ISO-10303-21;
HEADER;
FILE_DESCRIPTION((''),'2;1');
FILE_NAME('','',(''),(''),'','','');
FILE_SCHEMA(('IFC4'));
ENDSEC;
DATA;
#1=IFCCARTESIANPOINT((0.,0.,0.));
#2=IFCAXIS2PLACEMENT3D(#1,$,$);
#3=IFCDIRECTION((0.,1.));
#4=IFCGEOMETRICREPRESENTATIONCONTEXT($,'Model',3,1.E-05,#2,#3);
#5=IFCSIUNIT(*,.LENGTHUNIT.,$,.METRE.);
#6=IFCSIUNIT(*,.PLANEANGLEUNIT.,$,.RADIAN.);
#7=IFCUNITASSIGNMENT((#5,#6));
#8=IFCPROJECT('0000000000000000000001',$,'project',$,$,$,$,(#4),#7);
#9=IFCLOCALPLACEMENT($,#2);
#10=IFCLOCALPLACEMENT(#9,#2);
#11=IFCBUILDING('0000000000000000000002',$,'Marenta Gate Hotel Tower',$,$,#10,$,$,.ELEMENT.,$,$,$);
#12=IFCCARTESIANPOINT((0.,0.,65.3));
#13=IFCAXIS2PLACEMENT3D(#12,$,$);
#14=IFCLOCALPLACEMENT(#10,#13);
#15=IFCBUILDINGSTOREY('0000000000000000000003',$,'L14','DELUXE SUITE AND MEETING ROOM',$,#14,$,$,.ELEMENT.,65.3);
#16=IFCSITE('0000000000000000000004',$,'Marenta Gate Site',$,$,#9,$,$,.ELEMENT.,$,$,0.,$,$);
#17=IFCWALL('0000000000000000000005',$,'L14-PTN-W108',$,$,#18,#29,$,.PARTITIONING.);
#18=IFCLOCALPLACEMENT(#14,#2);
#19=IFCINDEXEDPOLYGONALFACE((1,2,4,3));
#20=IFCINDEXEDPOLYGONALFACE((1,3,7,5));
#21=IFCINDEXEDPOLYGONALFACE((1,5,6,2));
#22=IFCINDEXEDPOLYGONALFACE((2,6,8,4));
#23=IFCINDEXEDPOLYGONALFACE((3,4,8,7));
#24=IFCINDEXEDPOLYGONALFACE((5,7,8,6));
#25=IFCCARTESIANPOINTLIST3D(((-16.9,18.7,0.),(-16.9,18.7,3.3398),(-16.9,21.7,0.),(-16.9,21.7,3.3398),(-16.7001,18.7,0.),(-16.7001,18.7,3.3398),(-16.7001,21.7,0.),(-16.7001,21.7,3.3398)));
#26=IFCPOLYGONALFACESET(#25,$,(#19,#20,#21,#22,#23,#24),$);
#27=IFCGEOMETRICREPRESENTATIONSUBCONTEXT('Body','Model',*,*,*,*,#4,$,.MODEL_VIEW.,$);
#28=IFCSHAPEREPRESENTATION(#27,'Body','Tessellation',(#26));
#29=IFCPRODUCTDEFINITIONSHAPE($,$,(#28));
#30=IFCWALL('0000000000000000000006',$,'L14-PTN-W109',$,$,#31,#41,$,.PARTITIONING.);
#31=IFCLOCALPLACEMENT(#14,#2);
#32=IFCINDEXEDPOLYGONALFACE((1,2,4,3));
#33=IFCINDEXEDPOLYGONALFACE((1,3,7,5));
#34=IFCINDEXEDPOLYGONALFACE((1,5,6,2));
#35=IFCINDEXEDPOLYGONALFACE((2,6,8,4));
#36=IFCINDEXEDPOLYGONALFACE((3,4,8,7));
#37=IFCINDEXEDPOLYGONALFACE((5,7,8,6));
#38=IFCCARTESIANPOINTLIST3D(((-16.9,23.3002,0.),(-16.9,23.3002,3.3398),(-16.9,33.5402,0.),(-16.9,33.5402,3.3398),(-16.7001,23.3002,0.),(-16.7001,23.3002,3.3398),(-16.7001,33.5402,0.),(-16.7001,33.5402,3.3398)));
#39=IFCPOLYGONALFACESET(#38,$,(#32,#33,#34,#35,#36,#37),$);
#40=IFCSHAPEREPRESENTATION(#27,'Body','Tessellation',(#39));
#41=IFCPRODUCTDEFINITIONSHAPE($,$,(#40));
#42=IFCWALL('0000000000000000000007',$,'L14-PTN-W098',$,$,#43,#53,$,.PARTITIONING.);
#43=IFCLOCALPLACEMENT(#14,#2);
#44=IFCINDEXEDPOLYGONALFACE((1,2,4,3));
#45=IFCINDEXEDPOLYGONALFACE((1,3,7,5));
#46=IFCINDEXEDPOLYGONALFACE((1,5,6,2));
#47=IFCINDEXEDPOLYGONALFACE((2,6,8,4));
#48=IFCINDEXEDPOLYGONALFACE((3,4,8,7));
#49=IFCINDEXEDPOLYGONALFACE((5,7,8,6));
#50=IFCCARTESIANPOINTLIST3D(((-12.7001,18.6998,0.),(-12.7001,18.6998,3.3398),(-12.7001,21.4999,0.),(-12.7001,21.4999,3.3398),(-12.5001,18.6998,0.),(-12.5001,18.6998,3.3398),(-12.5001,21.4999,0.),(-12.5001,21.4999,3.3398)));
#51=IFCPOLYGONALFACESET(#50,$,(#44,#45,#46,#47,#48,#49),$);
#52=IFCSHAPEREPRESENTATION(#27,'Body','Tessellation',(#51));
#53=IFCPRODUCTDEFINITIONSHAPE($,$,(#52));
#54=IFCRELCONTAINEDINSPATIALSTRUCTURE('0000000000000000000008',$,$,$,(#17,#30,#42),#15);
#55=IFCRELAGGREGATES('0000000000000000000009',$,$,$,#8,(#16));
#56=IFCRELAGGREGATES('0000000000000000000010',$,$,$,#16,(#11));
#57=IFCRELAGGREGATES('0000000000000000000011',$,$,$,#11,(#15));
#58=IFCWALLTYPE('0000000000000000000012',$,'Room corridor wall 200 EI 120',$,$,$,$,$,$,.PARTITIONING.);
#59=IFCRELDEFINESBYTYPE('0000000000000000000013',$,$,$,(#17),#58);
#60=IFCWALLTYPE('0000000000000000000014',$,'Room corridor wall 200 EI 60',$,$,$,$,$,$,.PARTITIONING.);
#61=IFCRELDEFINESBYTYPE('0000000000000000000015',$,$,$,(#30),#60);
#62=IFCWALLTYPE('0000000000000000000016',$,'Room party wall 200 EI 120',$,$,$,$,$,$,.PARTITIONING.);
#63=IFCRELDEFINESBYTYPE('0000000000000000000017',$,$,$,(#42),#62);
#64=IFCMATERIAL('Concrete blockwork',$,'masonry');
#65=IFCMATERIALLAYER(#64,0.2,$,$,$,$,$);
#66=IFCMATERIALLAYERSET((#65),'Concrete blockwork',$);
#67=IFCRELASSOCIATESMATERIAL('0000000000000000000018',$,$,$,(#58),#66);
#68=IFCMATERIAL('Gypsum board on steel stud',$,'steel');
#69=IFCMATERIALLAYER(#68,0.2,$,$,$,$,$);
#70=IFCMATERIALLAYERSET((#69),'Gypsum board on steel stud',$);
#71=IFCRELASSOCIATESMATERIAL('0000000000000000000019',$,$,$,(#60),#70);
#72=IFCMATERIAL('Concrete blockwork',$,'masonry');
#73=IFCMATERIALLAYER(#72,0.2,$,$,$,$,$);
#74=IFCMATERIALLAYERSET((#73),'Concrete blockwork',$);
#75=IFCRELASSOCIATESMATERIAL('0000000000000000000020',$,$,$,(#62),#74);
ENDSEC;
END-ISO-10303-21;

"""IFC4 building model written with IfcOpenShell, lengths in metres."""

from ifc_helpers import new_model, si_unit, direction, frame, frame_2d, origin, place, context, subcontext, project, spatial, rectangle, extrude, material, layer, layer_set, type_object, element, save


model = new_model("IFC4")

# Units and contexts
model_context = context("Model", 3, precision=1e-05, world=origin(), true_north=direction((0.0, 1.0)))
body_context = subcontext(model_context, "Body", "Model", "MODEL_VIEW")
ifc_project = project(units=[si_unit("LENGTHUNIT", "METRE"), si_unit("PLANEANGLEUNIT", "RADIAN")], contexts=[model_context])

# Site, building, storey
site_placement = place(None, origin())
site = spatial("IfcSite", under=ifc_project, at=site_placement, Name="Marenta Gate Site", CompositionType="ELEMENT", RefElevation=0.0)
building_placement = place(site_placement, origin())
building = spatial("IfcBuilding", under=site, at=building_placement, Name="Marenta Gate Hotel Tower", CompositionType="ELEMENT")
storey_placement = place(building_placement, frame((0.0, 0.0, 65.3)))
storey = spatial("IfcBuildingStorey", under=building, at=storey_placement, Name="L14", Description="DELUXE SUITE AND MEETING ROOM", CompositionType="ELEMENT", Elevation=65.3)

# Wall
ifc_material_1 = material(Name="Concrete blockwork", Category="masonry")
ifc_layer_1 = layer(ifc_material_1, 0.2)
ifc_layer_set_1 = layer_set([ifc_layer_1], Name="Concrete blockwork")
wall_type_1 = type_object("IfcWallType", Name="Room corridor wall 200 EI 120", PredefinedType="PARTITIONING", material=ifc_layer_set_1)
wall_1_placement = place(storey_placement, frame((-16.8, 18.7, 0.0), z_axis=(0.0, 0.0, 1.0), x_axis=(0.0, 1.0, 0.0)))
element("IfcWall", 1, at=wall_1_placement, inside=storey, type_object=wall_type_1, Name="L14-PTN-W108", PredefinedType="PARTITIONING", context=body_context, shape_type="SweptSolid", body=[
    extrude(rectangle(XDim=3.0, YDim=0.2, at=frame_2d((1.5, 0.0))), origin(), (0.0, 0.0, 1.0), 3.3398),
])

# Wall
ifc_material_2 = material(Name="Gypsum board on steel stud", Category="steel")
ifc_layer_2 = layer(ifc_material_2, 0.2)
ifc_layer_set_2 = layer_set([ifc_layer_2], Name="Gypsum board on steel stud")
wall_type_2 = type_object("IfcWallType", Name="Room corridor wall 200 EI 60", PredefinedType="PARTITIONING", material=ifc_layer_set_2)
wall_2_placement = place(storey_placement, frame((-16.8, 23.3, 0.0), z_axis=(0.0, 0.0, 1.0), x_axis=(0.0, 1.0, 0.0)))
element("IfcWall", 2, at=wall_2_placement, inside=storey, type_object=wall_type_2, Name="L14-PTN-W109", PredefinedType="PARTITIONING", context=body_context, shape_type="SweptSolid", body=[
    extrude(rectangle(XDim=10.24, YDim=0.2, at=frame_2d((5.1201, 0.0))), origin(), (0.0, 0.0, 1.0), 3.3398),
])

# Wall
ifc_material_3 = material(Name="Concrete blockwork", Category="masonry")
ifc_layer_3 = layer(ifc_material_3, 0.2)
ifc_layer_set_3 = layer_set([ifc_layer_3], Name="Concrete blockwork")
wall_type_3 = type_object("IfcWallType", Name="Room party wall 200 EI 120", PredefinedType="PARTITIONING", material=ifc_layer_set_3)
wall_3_placement = place(storey_placement, frame((-12.6001, 18.7, 0.0), z_axis=(0.0, 0.0, 1.0), x_axis=(0.0, 1.0, 0.0)))
element("IfcWall", 3, at=wall_3_placement, inside=storey, type_object=wall_type_3, Name="L14-PTN-W098", PredefinedType="PARTITIONING", context=body_context, shape_type="SweptSolid", body=[
    extrude(rectangle(XDim=2.8, YDim=0.2, at=frame_2d((1.3999, 0.0))), origin(), (0.0, 0.0, 1.0), 3.3398),
])

save(model, "model.ifc")
